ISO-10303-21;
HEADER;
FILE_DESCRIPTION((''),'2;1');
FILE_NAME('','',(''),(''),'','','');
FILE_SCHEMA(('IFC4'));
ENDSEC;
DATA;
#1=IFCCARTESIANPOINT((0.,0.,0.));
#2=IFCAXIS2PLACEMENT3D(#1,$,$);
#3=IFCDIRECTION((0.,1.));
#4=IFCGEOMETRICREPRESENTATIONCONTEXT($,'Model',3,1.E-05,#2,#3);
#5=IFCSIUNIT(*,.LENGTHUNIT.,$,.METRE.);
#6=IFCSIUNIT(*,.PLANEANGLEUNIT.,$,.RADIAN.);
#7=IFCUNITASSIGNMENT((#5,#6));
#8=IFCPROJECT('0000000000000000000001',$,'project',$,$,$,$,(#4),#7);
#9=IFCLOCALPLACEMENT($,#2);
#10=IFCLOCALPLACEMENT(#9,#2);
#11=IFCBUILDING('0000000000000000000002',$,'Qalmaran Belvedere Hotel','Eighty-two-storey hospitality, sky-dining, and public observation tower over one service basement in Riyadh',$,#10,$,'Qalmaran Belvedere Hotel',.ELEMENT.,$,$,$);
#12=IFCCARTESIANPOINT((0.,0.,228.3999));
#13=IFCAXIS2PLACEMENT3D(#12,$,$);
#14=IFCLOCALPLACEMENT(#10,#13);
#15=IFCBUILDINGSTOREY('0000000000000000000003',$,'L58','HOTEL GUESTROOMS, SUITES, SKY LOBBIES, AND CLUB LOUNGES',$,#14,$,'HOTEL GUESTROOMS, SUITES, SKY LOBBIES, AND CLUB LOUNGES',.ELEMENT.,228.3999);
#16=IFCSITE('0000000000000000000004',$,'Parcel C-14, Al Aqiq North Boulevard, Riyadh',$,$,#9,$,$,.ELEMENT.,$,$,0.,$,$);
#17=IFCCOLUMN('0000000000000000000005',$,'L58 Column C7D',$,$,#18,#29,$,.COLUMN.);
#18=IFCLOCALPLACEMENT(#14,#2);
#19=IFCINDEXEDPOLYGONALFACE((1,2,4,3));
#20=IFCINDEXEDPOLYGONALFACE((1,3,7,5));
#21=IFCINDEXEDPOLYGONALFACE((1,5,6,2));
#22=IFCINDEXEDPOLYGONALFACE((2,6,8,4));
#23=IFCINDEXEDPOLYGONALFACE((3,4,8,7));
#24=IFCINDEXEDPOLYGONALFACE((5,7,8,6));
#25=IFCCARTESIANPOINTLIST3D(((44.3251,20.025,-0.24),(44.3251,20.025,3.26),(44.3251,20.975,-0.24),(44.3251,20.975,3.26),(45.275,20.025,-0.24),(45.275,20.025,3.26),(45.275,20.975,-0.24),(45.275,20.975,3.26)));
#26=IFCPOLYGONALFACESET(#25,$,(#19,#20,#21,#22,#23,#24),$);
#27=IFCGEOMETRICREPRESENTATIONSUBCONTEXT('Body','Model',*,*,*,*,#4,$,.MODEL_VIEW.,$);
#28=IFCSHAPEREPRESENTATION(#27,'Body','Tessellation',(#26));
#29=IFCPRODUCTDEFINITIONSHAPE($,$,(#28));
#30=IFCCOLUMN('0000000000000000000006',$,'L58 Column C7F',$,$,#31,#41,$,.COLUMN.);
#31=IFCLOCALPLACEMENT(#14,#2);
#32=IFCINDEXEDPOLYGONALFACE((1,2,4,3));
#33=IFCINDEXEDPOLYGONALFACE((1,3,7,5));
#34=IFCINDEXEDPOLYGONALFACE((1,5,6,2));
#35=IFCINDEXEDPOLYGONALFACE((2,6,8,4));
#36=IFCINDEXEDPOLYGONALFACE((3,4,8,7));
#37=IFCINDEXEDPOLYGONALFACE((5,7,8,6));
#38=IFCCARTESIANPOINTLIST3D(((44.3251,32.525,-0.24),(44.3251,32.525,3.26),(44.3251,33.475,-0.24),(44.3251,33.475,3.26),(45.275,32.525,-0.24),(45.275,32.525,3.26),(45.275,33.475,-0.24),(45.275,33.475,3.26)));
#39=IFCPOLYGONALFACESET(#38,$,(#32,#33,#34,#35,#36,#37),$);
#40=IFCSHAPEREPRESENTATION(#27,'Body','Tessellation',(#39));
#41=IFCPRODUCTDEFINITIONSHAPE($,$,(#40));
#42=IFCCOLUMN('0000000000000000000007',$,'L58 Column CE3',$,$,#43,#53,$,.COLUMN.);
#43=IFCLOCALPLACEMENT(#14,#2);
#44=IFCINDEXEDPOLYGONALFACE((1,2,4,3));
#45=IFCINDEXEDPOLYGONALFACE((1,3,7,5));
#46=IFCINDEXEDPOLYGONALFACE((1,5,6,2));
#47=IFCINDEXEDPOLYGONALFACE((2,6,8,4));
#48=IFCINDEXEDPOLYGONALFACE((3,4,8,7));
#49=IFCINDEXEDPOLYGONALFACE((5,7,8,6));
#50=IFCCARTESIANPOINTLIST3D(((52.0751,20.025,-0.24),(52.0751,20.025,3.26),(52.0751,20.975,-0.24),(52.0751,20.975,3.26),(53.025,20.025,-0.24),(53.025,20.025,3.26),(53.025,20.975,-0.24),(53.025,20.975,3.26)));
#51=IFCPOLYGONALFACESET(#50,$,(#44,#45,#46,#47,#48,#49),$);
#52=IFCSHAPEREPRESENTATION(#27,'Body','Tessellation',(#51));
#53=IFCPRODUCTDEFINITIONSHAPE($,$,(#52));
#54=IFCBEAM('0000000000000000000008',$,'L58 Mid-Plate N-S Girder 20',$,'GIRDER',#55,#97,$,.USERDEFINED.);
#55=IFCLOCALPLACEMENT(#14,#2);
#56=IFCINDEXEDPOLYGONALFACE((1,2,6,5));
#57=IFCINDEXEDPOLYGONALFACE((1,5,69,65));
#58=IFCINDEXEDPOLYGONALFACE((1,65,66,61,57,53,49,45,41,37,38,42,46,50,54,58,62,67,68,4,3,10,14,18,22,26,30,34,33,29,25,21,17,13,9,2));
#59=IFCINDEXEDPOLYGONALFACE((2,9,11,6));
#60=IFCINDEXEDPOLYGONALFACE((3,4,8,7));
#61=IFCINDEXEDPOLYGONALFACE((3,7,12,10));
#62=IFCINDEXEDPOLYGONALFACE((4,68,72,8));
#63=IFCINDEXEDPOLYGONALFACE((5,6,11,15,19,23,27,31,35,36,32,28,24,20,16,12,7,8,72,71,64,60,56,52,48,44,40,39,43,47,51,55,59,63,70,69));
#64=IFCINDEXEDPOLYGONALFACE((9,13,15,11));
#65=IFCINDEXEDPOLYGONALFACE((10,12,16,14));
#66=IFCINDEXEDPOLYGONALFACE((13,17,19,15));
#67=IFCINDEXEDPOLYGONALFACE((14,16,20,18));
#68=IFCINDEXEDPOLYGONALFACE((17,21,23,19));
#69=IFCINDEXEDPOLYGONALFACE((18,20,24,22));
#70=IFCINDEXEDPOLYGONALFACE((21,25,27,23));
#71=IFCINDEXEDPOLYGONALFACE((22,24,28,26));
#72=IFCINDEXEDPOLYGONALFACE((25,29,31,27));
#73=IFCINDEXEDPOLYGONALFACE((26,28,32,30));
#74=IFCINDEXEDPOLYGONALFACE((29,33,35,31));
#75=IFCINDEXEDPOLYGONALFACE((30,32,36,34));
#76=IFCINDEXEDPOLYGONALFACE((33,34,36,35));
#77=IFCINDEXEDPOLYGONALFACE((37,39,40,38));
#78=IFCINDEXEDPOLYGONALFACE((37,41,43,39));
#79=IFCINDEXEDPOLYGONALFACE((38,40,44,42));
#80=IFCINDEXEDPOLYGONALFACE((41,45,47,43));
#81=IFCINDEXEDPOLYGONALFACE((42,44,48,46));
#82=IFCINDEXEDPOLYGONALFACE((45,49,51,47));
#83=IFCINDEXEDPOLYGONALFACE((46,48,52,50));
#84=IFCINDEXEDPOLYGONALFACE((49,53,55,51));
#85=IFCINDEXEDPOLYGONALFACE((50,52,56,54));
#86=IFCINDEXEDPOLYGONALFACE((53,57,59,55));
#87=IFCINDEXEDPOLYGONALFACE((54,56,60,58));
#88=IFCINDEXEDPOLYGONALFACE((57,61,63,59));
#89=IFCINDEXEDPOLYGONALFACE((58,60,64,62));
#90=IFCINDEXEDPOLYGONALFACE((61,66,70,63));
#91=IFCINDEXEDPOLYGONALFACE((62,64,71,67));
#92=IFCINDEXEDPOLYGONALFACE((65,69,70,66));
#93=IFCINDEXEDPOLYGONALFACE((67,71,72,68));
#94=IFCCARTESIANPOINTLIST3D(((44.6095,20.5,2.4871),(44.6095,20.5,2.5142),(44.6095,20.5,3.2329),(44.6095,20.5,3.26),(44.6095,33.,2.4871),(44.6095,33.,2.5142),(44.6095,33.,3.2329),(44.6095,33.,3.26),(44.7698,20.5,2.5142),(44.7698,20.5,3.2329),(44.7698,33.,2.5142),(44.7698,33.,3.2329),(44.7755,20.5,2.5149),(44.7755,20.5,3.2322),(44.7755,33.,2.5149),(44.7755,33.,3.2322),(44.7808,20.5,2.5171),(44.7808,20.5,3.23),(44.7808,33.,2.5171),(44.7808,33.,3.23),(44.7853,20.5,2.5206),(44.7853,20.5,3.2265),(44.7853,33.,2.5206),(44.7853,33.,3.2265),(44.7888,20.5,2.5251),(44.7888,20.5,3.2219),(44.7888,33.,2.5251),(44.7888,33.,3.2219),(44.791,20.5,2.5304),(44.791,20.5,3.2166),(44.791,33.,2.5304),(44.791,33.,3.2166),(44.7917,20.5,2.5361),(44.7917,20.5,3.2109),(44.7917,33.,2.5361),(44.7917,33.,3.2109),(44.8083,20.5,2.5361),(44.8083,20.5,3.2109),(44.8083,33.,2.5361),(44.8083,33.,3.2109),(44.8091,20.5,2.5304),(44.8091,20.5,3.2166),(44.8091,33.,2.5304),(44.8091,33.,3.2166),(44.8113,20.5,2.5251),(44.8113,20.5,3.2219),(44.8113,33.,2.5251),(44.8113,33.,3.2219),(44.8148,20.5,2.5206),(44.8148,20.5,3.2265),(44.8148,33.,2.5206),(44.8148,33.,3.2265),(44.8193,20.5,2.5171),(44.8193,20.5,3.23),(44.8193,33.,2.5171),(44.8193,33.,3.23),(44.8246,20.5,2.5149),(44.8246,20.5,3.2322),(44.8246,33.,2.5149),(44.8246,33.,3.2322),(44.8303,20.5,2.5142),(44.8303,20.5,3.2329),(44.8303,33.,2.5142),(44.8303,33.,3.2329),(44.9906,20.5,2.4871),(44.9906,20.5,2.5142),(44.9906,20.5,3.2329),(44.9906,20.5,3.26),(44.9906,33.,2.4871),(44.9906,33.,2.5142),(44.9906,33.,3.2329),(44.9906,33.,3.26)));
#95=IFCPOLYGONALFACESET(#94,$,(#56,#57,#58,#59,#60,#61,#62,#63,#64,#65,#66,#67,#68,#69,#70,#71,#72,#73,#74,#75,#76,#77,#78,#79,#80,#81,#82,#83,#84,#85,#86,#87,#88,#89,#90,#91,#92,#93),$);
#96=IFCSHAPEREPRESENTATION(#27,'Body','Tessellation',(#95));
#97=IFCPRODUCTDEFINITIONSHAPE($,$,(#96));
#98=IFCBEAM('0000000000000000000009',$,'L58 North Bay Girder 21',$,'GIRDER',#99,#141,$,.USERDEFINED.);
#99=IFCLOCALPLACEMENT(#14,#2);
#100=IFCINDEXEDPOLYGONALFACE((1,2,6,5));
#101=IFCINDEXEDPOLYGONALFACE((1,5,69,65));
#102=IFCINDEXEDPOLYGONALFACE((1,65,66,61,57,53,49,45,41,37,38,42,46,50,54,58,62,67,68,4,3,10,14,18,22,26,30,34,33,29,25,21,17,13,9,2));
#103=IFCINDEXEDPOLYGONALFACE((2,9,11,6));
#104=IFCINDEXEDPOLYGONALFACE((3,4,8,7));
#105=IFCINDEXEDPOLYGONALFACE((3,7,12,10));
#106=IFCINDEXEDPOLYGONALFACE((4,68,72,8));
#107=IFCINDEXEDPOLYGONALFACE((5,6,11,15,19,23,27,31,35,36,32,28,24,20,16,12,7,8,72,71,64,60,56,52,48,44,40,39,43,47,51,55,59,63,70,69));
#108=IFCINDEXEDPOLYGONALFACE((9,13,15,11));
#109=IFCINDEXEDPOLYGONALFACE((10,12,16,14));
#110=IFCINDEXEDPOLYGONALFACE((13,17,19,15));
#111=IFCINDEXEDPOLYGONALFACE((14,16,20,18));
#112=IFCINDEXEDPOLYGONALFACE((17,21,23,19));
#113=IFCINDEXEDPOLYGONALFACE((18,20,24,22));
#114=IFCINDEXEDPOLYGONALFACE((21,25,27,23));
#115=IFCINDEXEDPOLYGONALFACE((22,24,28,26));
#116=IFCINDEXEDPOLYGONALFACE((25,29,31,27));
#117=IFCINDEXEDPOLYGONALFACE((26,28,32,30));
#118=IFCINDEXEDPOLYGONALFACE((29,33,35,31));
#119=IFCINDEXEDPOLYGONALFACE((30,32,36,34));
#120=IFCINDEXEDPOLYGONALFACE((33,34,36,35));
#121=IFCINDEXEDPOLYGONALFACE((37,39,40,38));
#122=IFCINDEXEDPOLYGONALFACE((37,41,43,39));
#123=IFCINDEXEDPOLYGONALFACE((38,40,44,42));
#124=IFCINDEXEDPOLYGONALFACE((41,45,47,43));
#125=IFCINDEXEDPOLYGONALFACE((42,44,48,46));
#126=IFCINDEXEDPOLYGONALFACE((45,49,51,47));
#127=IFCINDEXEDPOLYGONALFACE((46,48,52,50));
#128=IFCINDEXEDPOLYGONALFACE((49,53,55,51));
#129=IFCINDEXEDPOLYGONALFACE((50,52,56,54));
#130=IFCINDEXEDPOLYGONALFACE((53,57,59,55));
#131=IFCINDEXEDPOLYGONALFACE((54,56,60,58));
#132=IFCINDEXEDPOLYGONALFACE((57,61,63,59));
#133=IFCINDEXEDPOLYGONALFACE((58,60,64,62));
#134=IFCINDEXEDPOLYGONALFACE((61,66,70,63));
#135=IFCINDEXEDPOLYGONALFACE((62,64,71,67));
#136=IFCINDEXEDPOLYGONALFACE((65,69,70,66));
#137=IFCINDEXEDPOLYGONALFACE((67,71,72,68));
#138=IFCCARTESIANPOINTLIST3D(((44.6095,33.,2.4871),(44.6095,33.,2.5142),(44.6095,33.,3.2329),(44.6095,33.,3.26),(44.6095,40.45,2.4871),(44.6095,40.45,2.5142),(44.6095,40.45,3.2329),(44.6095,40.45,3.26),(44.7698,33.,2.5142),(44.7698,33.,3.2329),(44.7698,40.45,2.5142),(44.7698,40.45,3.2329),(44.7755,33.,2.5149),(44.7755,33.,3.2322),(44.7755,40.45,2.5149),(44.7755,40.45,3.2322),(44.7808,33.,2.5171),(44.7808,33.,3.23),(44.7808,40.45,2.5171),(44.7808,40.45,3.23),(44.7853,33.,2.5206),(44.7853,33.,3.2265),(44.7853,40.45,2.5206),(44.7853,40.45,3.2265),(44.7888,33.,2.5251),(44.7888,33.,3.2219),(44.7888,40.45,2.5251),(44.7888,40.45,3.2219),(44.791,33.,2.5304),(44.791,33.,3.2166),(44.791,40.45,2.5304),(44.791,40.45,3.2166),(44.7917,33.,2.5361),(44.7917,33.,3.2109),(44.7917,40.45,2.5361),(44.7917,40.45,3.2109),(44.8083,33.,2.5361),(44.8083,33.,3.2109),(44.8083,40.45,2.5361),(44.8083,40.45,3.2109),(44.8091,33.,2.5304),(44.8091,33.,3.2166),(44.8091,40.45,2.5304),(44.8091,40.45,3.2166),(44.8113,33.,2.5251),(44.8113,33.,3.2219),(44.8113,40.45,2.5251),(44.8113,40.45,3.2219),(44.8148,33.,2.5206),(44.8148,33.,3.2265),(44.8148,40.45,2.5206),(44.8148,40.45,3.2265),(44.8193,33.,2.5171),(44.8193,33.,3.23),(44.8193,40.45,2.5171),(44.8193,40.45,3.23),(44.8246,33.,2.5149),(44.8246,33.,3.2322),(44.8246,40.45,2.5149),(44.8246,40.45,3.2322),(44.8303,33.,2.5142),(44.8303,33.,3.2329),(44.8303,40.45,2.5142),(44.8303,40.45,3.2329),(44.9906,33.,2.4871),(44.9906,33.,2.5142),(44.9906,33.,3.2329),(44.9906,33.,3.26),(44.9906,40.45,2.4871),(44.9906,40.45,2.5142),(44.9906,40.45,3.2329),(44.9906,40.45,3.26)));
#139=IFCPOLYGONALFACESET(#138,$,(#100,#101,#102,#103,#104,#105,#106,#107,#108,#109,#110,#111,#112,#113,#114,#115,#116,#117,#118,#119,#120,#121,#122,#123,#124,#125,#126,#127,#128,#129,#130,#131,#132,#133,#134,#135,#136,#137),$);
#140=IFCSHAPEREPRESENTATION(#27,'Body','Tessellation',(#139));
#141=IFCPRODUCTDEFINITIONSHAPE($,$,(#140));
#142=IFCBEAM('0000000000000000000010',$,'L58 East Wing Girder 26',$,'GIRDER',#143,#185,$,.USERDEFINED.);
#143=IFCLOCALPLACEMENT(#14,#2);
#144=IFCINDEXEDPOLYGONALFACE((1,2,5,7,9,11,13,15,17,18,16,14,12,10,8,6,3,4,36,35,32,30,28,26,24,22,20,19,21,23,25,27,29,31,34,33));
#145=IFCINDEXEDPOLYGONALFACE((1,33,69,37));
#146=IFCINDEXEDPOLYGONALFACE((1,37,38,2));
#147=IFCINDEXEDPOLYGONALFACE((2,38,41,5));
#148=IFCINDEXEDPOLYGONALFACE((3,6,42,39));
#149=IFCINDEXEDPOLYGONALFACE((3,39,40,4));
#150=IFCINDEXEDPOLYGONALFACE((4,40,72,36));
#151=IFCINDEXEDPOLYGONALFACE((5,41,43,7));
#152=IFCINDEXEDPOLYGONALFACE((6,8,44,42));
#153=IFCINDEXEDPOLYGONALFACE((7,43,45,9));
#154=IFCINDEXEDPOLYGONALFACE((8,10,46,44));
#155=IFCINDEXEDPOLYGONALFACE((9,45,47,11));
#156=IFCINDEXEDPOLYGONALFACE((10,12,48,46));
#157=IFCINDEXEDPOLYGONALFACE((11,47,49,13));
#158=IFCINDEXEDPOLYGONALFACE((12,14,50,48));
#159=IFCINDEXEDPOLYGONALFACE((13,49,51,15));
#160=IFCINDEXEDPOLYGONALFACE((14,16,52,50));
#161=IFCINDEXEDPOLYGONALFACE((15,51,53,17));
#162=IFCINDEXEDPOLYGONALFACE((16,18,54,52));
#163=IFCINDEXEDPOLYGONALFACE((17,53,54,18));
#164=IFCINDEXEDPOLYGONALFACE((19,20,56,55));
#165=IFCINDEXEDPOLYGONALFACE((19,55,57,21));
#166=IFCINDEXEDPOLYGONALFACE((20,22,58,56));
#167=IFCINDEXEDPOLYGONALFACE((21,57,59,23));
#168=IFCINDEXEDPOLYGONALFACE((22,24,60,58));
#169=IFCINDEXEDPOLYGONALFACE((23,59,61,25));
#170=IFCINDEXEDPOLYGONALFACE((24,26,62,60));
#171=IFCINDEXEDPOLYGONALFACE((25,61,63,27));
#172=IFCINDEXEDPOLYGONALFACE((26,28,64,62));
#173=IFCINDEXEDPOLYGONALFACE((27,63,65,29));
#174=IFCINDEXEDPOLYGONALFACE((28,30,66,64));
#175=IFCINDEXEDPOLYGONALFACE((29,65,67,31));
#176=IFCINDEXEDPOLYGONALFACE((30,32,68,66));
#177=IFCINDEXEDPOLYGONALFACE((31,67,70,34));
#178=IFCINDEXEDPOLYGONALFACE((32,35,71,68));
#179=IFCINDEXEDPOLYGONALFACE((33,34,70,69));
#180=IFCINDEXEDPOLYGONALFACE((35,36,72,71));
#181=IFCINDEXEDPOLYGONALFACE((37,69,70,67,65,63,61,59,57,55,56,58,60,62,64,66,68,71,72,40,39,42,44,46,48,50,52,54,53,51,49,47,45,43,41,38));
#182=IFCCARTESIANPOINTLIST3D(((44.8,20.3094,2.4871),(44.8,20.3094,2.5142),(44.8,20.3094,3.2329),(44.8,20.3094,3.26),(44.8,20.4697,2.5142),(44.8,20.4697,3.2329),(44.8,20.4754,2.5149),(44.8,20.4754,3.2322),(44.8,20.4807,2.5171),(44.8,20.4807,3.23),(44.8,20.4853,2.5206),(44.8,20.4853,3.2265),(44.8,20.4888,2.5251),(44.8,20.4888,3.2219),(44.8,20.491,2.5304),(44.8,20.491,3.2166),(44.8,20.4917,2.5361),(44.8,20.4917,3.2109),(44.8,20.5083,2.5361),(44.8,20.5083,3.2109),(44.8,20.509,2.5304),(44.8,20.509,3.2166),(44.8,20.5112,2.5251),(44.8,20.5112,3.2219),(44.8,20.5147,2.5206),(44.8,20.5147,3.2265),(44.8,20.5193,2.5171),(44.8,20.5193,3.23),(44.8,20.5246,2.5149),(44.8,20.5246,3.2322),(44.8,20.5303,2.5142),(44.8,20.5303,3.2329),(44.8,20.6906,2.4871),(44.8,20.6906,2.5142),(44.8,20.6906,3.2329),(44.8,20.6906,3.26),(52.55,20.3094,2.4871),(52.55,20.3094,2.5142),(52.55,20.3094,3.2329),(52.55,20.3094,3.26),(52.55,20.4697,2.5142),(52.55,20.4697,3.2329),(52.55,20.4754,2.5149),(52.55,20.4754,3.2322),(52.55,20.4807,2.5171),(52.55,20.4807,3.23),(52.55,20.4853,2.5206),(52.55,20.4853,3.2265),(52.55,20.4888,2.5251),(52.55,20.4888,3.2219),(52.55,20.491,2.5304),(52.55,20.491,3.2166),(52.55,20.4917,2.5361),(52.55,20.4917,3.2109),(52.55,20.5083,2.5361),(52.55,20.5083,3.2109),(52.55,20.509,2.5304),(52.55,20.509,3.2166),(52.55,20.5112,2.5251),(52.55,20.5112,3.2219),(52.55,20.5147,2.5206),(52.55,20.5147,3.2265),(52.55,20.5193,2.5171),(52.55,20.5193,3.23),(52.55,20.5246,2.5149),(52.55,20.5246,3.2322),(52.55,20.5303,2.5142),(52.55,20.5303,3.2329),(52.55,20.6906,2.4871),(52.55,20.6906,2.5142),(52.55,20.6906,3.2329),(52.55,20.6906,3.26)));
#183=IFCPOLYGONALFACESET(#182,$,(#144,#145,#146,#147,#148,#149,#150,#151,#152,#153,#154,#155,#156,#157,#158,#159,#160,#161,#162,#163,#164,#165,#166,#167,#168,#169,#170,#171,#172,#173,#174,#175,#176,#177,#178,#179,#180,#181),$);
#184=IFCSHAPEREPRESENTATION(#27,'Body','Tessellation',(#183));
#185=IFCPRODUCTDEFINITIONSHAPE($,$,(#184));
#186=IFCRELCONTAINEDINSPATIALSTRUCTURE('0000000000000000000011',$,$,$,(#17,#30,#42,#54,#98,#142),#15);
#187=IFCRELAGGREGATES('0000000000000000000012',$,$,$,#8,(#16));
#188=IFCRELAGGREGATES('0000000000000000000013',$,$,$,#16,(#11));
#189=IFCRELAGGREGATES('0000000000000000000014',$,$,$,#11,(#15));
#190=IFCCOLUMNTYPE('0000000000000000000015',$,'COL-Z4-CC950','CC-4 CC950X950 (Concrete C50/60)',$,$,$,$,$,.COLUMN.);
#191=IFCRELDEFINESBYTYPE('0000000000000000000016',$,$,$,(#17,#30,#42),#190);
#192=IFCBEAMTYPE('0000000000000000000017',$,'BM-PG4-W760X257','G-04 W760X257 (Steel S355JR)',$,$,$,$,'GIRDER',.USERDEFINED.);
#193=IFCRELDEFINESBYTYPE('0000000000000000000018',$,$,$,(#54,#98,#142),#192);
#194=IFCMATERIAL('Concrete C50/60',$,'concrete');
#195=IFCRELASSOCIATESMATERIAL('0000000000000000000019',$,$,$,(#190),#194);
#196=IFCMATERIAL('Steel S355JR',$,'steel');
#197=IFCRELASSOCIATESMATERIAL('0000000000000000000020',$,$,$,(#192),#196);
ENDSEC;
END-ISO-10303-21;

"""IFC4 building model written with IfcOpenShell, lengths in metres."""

from ifc_helpers import new_model, si_unit, direction, frame, origin, origin_2d, place, context, subcontext, project, spatial, rectangle, i_section, extrude, material, material_profile, profile_set, type_object, element, save


model = new_model("IFC4")

# Units and contexts
model_context = context("Model", 3, precision=1e-05, world=origin(), true_north=direction((0.0, 1.0)))
body_context = subcontext(model_context, "Body", "Model", "MODEL_VIEW")
ifc_project = project(units=[si_unit("LENGTHUNIT", "METRE"), si_unit("PLANEANGLEUNIT", "RADIAN")], contexts=[model_context])

# Site, building, storey
site_placement = place(None, origin())
site = spatial("IfcSite", under=ifc_project, at=site_placement, Name="Parcel C-14, Al Aqiq North Boulevard, Riyadh", CompositionType="ELEMENT", RefElevation=0.0)
building_placement = place(site_placement, origin())
building = spatial("IfcBuilding", under=site, at=building_placement, Name="Qalmaran Belvedere Hotel", Description="Eighty-two-storey hospitality, sky-dining, and public observation tower over one service basement in Riyadh", LongName="Qalmaran Belvedere Hotel", CompositionType="ELEMENT")
storey_placement = place(building_placement, frame((0.0, 0.0, 228.3999)))
storey = spatial("IfcBuildingStorey", under=building, at=storey_placement, Name="L58", Description="HOTEL GUESTROOMS, SUITES, SKY LOBBIES, AND CLUB LOUNGES", LongName="HOTEL GUESTROOMS, SUITES, SKY LOBBIES, AND CLUB LOUNGES", CompositionType="ELEMENT", Elevation=228.3999)

# Columns
ifc_material_1 = material(Name="Concrete C50/60", Category="concrete")
ifc_material_profile_1 = material_profile(ifc_material_1, rectangle(XDim=0.95, YDim=0.95, at=origin_2d()), Name="CC950X950")
ifc_profile_set_1 = profile_set([ifc_material_profile_1], Name="Concrete C50/60")
column_type = type_object("IfcColumnType", Name="COL-Z4-CC950", Description="CC-4 CC950X950 (Concrete C50/60)", PredefinedType="COLUMN", material=ifc_profile_set_1)
for number, where, z_axis, x_axis, name in (
    (1, (44.8, 20.5, -0.24), (0.0, 0.0, 1.0), (1.0, 0.0, 0.0), "L58 Column C7D"),
    (2, (44.8, 33.0, -0.24), (0.0, 0.0, 1.0), (1.0, 0.0, 0.0), "L58 Column C7F"),
    (3, (52.55, 20.5, -0.24), (0.0, 0.0, 1.0), (1.0, 0.0, 0.0), "L58 Column CE3"),
):
    element("IfcColumn", number, at=place(storey_placement, frame(where, z_axis=z_axis, x_axis=x_axis)), inside=storey, type_object=column_type, Name=name, PredefinedType="COLUMN", context=body_context, shape_type="SweptSolid", body=[
        extrude(rectangle(XDim=0.95, YDim=0.95, at=origin_2d()), origin(), (0.0, 0.0, 1.0), 3.5),
    ])

# Beams
ifc_material_2 = material(Name="Steel S355JR", Category="steel")
ifc_material_profile_2 = material_profile(ifc_material_2, i_section(OverallWidth=0.3811, OverallDepth=0.7729, WebThickness=0.0166, FlangeThickness=0.0271, FilletRadius=0.022, at=origin_2d()), Name="W760X257")
ifc_profile_set_2 = profile_set([ifc_material_profile_2], Name="Steel S355JR")
beam_type_1 = type_object("IfcBeamType", Name="BM-PG4-W760X257", Description="G-04 W760X257 (Steel S355JR)", ElementType="GIRDER", PredefinedType="USERDEFINED", material=ifc_profile_set_2)
beam_1_placement = place(storey_placement, frame((44.8, 20.5, 2.8735), z_axis=(0.0, 1.0, 0.0), x_axis=(-1.0, 0.0, 0.0)))
element("IfcBeam", 4, at=beam_1_placement, inside=storey, type_object=beam_type_1, Name="L58 Mid-Plate N-S Girder 20", ObjectType="GIRDER", PredefinedType="USERDEFINED", context=body_context, shape_type="SweptSolid", body=[
    extrude(i_section(OverallWidth=0.3811, OverallDepth=0.7729, WebThickness=0.0166, FlangeThickness=0.0271, FilletRadius=0.022, at=origin_2d()), origin(), (0.0, 0.0, 1.0), 12.5),
])
beam_2_placement = place(storey_placement, frame((44.8, 33.0, 2.8735), z_axis=(0.0, 1.0, 0.0), x_axis=(-1.0, 0.0, 0.0)))
element("IfcBeam", 5, at=beam_2_placement, inside=storey, type_object=beam_type_1, Name="L58 North Bay Girder 21", ObjectType="GIRDER", PredefinedType="USERDEFINED", context=body_context, shape_type="SweptSolid", body=[
    extrude(i_section(OverallWidth=0.3811, OverallDepth=0.7729, WebThickness=0.0166, FlangeThickness=0.0271, FilletRadius=0.022, at=origin_2d()), origin(), (0.0, 0.0, 1.0), 7.45),
])
beam_3_placement = place(storey_placement, frame((44.8, 20.5, 2.8735), z_axis=(1.0, 0.0, 0.0), x_axis=(0.0, 1.0, 0.0)))
element("IfcBeam", 6, at=beam_3_placement, inside=storey, type_object=beam_type_1, Name="L58 East Wing Girder 26", ObjectType="GIRDER", PredefinedType="USERDEFINED", context=body_context, shape_type="SweptSolid", body=[
    extrude(i_section(OverallWidth=0.3811, OverallDepth=0.7729, WebThickness=0.0166, FlangeThickness=0.0271, FilletRadius=0.022, at=origin_2d()), origin(), (0.0, 0.0, 1.0), 7.75),
])

save(model, "model.ifc")
